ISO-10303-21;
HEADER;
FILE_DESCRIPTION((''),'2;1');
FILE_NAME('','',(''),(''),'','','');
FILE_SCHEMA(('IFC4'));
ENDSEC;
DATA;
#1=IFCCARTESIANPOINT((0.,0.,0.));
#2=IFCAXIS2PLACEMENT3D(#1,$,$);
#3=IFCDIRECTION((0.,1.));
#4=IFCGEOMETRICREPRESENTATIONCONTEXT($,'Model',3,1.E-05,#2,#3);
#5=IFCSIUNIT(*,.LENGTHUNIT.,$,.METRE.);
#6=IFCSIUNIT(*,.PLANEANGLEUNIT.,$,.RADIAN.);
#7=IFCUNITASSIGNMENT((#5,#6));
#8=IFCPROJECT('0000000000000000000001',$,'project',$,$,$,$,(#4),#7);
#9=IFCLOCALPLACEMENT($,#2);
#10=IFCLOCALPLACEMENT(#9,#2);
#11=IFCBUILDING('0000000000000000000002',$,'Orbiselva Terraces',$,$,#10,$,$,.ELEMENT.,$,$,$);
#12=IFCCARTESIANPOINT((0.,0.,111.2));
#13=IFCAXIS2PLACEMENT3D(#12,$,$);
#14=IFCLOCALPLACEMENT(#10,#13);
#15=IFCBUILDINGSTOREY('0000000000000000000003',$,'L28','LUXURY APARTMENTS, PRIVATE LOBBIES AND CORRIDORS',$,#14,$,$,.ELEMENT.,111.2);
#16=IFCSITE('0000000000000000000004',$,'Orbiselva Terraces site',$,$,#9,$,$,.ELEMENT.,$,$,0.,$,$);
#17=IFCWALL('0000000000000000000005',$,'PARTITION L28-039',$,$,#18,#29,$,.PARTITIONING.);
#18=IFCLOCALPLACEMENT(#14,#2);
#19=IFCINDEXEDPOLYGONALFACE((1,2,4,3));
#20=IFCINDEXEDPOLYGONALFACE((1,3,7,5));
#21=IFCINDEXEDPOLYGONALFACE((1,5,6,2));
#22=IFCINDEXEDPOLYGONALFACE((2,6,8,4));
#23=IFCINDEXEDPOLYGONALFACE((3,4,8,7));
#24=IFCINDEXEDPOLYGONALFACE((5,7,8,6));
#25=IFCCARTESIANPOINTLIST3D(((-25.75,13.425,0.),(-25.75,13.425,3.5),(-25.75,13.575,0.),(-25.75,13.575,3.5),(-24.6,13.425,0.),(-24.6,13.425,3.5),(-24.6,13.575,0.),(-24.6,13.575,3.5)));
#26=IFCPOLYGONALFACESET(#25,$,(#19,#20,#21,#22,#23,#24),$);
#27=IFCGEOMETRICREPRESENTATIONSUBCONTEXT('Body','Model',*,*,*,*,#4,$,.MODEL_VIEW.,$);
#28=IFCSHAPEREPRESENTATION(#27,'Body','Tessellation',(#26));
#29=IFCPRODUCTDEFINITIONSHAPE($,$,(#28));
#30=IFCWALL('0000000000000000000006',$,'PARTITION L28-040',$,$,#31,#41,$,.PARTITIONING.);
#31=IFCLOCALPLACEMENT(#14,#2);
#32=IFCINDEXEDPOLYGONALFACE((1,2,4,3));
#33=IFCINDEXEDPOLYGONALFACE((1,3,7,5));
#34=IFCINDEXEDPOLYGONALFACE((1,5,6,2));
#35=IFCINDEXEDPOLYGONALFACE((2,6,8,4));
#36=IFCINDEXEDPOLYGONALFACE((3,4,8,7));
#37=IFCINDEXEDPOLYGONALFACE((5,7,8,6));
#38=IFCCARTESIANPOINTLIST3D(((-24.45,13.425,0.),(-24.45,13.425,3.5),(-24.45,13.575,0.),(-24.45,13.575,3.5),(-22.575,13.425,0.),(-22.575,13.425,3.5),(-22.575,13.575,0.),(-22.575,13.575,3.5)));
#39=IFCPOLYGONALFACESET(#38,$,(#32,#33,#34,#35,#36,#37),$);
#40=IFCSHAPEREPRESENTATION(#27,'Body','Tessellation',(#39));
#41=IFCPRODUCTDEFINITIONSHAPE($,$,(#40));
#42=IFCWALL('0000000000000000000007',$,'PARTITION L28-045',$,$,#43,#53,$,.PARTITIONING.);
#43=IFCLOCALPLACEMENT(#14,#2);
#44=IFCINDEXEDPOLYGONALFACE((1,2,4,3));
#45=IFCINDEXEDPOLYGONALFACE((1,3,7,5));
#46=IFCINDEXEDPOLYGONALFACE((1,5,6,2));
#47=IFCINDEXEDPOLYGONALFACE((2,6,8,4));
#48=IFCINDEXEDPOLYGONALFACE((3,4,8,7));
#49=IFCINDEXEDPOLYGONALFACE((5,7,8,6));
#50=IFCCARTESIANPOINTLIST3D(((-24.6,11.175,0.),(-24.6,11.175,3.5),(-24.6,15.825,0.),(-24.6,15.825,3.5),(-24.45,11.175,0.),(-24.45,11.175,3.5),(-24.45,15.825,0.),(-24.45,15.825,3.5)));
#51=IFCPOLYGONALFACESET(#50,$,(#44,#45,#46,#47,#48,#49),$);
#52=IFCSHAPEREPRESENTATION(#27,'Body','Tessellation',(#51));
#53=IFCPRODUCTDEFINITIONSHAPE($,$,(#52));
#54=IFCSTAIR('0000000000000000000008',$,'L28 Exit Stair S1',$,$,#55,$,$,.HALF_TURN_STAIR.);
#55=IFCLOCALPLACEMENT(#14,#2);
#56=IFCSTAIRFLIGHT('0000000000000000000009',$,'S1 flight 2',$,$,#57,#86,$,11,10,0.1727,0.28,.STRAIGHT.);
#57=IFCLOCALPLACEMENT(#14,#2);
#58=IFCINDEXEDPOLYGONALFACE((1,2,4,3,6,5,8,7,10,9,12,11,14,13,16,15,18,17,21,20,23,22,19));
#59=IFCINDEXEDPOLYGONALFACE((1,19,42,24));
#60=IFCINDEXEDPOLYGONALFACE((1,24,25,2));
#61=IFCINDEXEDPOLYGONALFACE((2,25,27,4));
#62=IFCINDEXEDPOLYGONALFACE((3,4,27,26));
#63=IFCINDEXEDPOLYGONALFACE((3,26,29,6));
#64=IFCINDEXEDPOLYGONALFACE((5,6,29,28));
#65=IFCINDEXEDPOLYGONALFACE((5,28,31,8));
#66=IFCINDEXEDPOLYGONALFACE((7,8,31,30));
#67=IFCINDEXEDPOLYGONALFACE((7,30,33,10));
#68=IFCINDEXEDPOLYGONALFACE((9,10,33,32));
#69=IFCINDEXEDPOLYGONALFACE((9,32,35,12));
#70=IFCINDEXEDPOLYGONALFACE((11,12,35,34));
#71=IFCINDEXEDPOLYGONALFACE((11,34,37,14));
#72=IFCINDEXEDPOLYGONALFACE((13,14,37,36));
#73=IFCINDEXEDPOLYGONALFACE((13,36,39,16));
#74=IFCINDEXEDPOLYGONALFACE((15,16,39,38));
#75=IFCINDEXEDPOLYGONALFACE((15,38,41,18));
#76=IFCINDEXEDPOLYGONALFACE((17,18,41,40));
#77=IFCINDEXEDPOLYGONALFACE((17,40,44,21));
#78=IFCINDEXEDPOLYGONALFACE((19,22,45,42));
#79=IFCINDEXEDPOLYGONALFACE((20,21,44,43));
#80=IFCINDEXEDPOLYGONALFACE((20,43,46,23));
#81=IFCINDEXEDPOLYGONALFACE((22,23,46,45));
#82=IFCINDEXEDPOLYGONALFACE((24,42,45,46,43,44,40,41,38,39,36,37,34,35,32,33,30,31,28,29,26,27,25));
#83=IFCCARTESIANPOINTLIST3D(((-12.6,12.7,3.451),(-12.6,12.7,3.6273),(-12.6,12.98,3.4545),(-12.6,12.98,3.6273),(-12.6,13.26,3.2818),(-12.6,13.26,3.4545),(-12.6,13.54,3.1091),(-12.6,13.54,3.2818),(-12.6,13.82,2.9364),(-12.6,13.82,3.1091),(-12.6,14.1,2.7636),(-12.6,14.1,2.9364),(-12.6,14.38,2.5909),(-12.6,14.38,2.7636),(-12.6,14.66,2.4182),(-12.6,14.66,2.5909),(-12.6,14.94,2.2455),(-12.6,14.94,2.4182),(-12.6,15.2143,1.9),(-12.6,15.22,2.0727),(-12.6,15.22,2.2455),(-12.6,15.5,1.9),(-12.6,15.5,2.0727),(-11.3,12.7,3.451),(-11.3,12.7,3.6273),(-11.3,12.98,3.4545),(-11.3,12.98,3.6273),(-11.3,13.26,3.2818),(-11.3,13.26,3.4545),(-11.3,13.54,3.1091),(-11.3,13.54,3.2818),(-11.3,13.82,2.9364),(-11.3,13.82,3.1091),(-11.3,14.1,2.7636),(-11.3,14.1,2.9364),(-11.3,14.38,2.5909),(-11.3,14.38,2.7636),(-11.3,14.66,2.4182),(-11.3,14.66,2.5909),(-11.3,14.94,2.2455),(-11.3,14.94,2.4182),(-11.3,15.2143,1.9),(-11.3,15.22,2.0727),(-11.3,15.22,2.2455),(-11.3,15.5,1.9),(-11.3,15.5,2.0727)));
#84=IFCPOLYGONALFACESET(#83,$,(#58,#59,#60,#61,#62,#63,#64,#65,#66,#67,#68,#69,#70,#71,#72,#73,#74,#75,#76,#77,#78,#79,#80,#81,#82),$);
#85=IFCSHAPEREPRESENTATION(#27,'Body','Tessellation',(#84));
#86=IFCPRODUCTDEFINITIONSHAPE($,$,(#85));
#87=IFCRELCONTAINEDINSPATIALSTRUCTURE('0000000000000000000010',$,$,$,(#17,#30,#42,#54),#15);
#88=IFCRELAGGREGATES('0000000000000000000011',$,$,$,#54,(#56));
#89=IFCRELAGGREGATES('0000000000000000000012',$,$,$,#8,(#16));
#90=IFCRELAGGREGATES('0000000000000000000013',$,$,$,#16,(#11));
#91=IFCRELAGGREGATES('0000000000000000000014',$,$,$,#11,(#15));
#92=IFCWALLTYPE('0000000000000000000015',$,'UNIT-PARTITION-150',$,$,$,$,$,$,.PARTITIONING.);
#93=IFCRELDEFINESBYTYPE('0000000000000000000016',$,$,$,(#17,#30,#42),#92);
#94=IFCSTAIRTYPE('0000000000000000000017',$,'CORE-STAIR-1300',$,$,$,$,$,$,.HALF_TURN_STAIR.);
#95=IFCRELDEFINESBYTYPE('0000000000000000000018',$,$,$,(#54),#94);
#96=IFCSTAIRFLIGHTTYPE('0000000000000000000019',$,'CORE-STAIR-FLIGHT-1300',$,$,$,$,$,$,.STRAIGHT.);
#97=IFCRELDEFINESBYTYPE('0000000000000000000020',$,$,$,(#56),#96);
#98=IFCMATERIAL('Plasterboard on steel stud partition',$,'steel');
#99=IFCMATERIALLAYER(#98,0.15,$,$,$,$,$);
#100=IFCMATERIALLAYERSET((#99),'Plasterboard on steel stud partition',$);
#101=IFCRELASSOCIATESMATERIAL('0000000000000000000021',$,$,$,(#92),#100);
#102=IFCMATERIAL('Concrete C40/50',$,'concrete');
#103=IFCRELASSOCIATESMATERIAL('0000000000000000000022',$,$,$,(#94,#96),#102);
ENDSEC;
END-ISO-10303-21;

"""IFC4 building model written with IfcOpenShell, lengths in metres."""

from ifc_helpers import new_model, si_unit, direction, frame, frame_2d, origin, place, context, subcontext, project, spatial, polyline, rectangle, outline, extrude, material, layer, layer_set, type_object, element, aggregate, save


model = new_model("IFC4")

# Units and contexts
model_context = context("Model", 3, precision=1e-05, world=origin(), true_north=direction((0.0, 1.0)))
body_context = subcontext(model_context, "Body", "Model", "MODEL_VIEW")
ifc_project = project(units=[si_unit("LENGTHUNIT", "METRE"), si_unit("PLANEANGLEUNIT", "RADIAN")], contexts=[model_context])

# Site, building, storey
site_placement = place(None, origin())
site = spatial("IfcSite", under=ifc_project, at=site_placement, Name="Orbiselva Terraces site", CompositionType="ELEMENT", RefElevation=0.0)
building_placement = place(site_placement, origin())
building = spatial("IfcBuilding", under=site, at=building_placement, Name="Orbiselva Terraces", CompositionType="ELEMENT")
storey_placement = place(building_placement, frame((0.0, 0.0, 111.2)))
storey = spatial("IfcBuildingStorey", under=building, at=storey_placement, Name="L28", Description="LUXURY APARTMENTS, PRIVATE LOBBIES AND CORRIDORS", CompositionType="ELEMENT", Elevation=111.2)

# Shared definitions
ifc_material_1 = material(Name="Plasterboard on steel stud partition", Category="steel")

# Shared definitions
ifc_layer_1 = layer(ifc_material_1, 0.15)
ifc_layer_set_1 = layer_set([ifc_layer_1], Name="Plasterboard on steel stud partition")
wall_type_1 = type_object("IfcWallType", Name="UNIT-PARTITION-150", PredefinedType="PARTITIONING", material=ifc_layer_set_1)

# Walls
wall_1_placement = place(storey_placement, frame((-25.75, 13.5, 0.0), z_axis=(0.0, 0.0, 1.0), x_axis=(1.0, 0.0, 0.0)))
element("IfcWall", 1, at=wall_1_placement, inside=storey, type_object=wall_type_1, Name="PARTITION L28-039", PredefinedType="PARTITIONING", context=body_context, shape_type="SweptSolid", body=[
    extrude(rectangle(XDim=1.15, YDim=0.15, at=frame_2d((0.575, 0.0))), origin(), (0.0, 0.0, 1.0), 3.5),
])
wall_2_placement = place(storey_placement, frame((-24.45, 13.5, 0.0), z_axis=(0.0, 0.0, 1.0), x_axis=(1.0, 0.0, 0.0)))
element("IfcWall", 2, at=wall_2_placement, inside=storey, type_object=wall_type_1, Name="PARTITION L28-040", PredefinedType="PARTITIONING", context=body_context, shape_type="SweptSolid", body=[
    extrude(rectangle(XDim=1.875, YDim=0.15, at=frame_2d((0.9375, 0.0))), origin(), (0.0, 0.0, 1.0), 3.5),
])
wall_3_placement = place(storey_placement, frame((-24.525, 11.175, 0.0), z_axis=(0.0, 0.0, 1.0), x_axis=(0.0, 1.0, 0.0)))
element("IfcWall", 3, at=wall_3_placement, inside=storey, type_object=wall_type_1, Name="PARTITION L28-045", PredefinedType="PARTITIONING", context=body_context, shape_type="SweptSolid", body=[
    extrude(rectangle(XDim=4.65, YDim=0.15, at=frame_2d((2.325, 0.0))), origin(), (0.0, 0.0, 1.0), 3.5),
])

# Stair, stair flight
ifc_material_2 = material(Name="Concrete C40/50", Category="concrete")
stair_type = type_object("IfcStairType", Name="CORE-STAIR-1300", PredefinedType="HALF_TURN_STAIR", material=ifc_material_2)
stair_placement = place(storey_placement, origin())
stair = element("IfcStair", 4, at=stair_placement, inside=storey, type_object=stair_type, Name="L28 Exit Stair S1", PredefinedType="HALF_TURN_STAIR")
stair_flight_type = type_object("IfcStairFlightType", Name="CORE-STAIR-FLIGHT-1300", PredefinedType="STRAIGHT", material=ifc_material_2)
stair_flight_placement = place(storey_placement, frame((-11.95, 15.5, 1.9), z_axis=(0.0, 0.0, 1.0), x_axis=(0.0, -1.0, 0.0)))
stair_flight = element("IfcStairFlight", 5, at=stair_flight_placement, type_object=stair_flight_type, Name="S1 flight 2", NumberOfRisers=11, NumberOfTreads=10, PredefinedType="STRAIGHT", RiserHeight=0.1727, TreadLength=0.28, context=body_context, shape_type="SweptSolid", body=[
    extrude(outline(polyline([(0.0, 0.0), (0.0, 0.1727), (0.28, 0.1727), (0.28, 0.3455), (0.56, 0.3455), (0.56, 0.5182), (0.84, 0.5182), (0.84, 0.6909), (1.12, 0.6909), (1.12, 0.8636), (1.4, 0.8636), (1.4, 1.0364), (1.68, 1.0364), (1.68, 1.2091), (1.96, 1.2091), (1.96, 1.3818), (2.24, 1.3818), (2.24, 1.5545), (2.52, 1.5545), (2.52, 1.7273), (2.8, 1.7273), (2.8, 1.9), (2.8, 1.551), (0.2857, 0.0), (0.0, 0.0)])), frame((0.0, 0.65, 0.0), z_axis=(0.0, -1.0, 0.0), x_axis=(1.0, 0.0, 0.0)), (0.0, 0.0, 1.0), 1.3),
])
aggregate(stair, [stair_flight])

save(model, "model.ifc")
